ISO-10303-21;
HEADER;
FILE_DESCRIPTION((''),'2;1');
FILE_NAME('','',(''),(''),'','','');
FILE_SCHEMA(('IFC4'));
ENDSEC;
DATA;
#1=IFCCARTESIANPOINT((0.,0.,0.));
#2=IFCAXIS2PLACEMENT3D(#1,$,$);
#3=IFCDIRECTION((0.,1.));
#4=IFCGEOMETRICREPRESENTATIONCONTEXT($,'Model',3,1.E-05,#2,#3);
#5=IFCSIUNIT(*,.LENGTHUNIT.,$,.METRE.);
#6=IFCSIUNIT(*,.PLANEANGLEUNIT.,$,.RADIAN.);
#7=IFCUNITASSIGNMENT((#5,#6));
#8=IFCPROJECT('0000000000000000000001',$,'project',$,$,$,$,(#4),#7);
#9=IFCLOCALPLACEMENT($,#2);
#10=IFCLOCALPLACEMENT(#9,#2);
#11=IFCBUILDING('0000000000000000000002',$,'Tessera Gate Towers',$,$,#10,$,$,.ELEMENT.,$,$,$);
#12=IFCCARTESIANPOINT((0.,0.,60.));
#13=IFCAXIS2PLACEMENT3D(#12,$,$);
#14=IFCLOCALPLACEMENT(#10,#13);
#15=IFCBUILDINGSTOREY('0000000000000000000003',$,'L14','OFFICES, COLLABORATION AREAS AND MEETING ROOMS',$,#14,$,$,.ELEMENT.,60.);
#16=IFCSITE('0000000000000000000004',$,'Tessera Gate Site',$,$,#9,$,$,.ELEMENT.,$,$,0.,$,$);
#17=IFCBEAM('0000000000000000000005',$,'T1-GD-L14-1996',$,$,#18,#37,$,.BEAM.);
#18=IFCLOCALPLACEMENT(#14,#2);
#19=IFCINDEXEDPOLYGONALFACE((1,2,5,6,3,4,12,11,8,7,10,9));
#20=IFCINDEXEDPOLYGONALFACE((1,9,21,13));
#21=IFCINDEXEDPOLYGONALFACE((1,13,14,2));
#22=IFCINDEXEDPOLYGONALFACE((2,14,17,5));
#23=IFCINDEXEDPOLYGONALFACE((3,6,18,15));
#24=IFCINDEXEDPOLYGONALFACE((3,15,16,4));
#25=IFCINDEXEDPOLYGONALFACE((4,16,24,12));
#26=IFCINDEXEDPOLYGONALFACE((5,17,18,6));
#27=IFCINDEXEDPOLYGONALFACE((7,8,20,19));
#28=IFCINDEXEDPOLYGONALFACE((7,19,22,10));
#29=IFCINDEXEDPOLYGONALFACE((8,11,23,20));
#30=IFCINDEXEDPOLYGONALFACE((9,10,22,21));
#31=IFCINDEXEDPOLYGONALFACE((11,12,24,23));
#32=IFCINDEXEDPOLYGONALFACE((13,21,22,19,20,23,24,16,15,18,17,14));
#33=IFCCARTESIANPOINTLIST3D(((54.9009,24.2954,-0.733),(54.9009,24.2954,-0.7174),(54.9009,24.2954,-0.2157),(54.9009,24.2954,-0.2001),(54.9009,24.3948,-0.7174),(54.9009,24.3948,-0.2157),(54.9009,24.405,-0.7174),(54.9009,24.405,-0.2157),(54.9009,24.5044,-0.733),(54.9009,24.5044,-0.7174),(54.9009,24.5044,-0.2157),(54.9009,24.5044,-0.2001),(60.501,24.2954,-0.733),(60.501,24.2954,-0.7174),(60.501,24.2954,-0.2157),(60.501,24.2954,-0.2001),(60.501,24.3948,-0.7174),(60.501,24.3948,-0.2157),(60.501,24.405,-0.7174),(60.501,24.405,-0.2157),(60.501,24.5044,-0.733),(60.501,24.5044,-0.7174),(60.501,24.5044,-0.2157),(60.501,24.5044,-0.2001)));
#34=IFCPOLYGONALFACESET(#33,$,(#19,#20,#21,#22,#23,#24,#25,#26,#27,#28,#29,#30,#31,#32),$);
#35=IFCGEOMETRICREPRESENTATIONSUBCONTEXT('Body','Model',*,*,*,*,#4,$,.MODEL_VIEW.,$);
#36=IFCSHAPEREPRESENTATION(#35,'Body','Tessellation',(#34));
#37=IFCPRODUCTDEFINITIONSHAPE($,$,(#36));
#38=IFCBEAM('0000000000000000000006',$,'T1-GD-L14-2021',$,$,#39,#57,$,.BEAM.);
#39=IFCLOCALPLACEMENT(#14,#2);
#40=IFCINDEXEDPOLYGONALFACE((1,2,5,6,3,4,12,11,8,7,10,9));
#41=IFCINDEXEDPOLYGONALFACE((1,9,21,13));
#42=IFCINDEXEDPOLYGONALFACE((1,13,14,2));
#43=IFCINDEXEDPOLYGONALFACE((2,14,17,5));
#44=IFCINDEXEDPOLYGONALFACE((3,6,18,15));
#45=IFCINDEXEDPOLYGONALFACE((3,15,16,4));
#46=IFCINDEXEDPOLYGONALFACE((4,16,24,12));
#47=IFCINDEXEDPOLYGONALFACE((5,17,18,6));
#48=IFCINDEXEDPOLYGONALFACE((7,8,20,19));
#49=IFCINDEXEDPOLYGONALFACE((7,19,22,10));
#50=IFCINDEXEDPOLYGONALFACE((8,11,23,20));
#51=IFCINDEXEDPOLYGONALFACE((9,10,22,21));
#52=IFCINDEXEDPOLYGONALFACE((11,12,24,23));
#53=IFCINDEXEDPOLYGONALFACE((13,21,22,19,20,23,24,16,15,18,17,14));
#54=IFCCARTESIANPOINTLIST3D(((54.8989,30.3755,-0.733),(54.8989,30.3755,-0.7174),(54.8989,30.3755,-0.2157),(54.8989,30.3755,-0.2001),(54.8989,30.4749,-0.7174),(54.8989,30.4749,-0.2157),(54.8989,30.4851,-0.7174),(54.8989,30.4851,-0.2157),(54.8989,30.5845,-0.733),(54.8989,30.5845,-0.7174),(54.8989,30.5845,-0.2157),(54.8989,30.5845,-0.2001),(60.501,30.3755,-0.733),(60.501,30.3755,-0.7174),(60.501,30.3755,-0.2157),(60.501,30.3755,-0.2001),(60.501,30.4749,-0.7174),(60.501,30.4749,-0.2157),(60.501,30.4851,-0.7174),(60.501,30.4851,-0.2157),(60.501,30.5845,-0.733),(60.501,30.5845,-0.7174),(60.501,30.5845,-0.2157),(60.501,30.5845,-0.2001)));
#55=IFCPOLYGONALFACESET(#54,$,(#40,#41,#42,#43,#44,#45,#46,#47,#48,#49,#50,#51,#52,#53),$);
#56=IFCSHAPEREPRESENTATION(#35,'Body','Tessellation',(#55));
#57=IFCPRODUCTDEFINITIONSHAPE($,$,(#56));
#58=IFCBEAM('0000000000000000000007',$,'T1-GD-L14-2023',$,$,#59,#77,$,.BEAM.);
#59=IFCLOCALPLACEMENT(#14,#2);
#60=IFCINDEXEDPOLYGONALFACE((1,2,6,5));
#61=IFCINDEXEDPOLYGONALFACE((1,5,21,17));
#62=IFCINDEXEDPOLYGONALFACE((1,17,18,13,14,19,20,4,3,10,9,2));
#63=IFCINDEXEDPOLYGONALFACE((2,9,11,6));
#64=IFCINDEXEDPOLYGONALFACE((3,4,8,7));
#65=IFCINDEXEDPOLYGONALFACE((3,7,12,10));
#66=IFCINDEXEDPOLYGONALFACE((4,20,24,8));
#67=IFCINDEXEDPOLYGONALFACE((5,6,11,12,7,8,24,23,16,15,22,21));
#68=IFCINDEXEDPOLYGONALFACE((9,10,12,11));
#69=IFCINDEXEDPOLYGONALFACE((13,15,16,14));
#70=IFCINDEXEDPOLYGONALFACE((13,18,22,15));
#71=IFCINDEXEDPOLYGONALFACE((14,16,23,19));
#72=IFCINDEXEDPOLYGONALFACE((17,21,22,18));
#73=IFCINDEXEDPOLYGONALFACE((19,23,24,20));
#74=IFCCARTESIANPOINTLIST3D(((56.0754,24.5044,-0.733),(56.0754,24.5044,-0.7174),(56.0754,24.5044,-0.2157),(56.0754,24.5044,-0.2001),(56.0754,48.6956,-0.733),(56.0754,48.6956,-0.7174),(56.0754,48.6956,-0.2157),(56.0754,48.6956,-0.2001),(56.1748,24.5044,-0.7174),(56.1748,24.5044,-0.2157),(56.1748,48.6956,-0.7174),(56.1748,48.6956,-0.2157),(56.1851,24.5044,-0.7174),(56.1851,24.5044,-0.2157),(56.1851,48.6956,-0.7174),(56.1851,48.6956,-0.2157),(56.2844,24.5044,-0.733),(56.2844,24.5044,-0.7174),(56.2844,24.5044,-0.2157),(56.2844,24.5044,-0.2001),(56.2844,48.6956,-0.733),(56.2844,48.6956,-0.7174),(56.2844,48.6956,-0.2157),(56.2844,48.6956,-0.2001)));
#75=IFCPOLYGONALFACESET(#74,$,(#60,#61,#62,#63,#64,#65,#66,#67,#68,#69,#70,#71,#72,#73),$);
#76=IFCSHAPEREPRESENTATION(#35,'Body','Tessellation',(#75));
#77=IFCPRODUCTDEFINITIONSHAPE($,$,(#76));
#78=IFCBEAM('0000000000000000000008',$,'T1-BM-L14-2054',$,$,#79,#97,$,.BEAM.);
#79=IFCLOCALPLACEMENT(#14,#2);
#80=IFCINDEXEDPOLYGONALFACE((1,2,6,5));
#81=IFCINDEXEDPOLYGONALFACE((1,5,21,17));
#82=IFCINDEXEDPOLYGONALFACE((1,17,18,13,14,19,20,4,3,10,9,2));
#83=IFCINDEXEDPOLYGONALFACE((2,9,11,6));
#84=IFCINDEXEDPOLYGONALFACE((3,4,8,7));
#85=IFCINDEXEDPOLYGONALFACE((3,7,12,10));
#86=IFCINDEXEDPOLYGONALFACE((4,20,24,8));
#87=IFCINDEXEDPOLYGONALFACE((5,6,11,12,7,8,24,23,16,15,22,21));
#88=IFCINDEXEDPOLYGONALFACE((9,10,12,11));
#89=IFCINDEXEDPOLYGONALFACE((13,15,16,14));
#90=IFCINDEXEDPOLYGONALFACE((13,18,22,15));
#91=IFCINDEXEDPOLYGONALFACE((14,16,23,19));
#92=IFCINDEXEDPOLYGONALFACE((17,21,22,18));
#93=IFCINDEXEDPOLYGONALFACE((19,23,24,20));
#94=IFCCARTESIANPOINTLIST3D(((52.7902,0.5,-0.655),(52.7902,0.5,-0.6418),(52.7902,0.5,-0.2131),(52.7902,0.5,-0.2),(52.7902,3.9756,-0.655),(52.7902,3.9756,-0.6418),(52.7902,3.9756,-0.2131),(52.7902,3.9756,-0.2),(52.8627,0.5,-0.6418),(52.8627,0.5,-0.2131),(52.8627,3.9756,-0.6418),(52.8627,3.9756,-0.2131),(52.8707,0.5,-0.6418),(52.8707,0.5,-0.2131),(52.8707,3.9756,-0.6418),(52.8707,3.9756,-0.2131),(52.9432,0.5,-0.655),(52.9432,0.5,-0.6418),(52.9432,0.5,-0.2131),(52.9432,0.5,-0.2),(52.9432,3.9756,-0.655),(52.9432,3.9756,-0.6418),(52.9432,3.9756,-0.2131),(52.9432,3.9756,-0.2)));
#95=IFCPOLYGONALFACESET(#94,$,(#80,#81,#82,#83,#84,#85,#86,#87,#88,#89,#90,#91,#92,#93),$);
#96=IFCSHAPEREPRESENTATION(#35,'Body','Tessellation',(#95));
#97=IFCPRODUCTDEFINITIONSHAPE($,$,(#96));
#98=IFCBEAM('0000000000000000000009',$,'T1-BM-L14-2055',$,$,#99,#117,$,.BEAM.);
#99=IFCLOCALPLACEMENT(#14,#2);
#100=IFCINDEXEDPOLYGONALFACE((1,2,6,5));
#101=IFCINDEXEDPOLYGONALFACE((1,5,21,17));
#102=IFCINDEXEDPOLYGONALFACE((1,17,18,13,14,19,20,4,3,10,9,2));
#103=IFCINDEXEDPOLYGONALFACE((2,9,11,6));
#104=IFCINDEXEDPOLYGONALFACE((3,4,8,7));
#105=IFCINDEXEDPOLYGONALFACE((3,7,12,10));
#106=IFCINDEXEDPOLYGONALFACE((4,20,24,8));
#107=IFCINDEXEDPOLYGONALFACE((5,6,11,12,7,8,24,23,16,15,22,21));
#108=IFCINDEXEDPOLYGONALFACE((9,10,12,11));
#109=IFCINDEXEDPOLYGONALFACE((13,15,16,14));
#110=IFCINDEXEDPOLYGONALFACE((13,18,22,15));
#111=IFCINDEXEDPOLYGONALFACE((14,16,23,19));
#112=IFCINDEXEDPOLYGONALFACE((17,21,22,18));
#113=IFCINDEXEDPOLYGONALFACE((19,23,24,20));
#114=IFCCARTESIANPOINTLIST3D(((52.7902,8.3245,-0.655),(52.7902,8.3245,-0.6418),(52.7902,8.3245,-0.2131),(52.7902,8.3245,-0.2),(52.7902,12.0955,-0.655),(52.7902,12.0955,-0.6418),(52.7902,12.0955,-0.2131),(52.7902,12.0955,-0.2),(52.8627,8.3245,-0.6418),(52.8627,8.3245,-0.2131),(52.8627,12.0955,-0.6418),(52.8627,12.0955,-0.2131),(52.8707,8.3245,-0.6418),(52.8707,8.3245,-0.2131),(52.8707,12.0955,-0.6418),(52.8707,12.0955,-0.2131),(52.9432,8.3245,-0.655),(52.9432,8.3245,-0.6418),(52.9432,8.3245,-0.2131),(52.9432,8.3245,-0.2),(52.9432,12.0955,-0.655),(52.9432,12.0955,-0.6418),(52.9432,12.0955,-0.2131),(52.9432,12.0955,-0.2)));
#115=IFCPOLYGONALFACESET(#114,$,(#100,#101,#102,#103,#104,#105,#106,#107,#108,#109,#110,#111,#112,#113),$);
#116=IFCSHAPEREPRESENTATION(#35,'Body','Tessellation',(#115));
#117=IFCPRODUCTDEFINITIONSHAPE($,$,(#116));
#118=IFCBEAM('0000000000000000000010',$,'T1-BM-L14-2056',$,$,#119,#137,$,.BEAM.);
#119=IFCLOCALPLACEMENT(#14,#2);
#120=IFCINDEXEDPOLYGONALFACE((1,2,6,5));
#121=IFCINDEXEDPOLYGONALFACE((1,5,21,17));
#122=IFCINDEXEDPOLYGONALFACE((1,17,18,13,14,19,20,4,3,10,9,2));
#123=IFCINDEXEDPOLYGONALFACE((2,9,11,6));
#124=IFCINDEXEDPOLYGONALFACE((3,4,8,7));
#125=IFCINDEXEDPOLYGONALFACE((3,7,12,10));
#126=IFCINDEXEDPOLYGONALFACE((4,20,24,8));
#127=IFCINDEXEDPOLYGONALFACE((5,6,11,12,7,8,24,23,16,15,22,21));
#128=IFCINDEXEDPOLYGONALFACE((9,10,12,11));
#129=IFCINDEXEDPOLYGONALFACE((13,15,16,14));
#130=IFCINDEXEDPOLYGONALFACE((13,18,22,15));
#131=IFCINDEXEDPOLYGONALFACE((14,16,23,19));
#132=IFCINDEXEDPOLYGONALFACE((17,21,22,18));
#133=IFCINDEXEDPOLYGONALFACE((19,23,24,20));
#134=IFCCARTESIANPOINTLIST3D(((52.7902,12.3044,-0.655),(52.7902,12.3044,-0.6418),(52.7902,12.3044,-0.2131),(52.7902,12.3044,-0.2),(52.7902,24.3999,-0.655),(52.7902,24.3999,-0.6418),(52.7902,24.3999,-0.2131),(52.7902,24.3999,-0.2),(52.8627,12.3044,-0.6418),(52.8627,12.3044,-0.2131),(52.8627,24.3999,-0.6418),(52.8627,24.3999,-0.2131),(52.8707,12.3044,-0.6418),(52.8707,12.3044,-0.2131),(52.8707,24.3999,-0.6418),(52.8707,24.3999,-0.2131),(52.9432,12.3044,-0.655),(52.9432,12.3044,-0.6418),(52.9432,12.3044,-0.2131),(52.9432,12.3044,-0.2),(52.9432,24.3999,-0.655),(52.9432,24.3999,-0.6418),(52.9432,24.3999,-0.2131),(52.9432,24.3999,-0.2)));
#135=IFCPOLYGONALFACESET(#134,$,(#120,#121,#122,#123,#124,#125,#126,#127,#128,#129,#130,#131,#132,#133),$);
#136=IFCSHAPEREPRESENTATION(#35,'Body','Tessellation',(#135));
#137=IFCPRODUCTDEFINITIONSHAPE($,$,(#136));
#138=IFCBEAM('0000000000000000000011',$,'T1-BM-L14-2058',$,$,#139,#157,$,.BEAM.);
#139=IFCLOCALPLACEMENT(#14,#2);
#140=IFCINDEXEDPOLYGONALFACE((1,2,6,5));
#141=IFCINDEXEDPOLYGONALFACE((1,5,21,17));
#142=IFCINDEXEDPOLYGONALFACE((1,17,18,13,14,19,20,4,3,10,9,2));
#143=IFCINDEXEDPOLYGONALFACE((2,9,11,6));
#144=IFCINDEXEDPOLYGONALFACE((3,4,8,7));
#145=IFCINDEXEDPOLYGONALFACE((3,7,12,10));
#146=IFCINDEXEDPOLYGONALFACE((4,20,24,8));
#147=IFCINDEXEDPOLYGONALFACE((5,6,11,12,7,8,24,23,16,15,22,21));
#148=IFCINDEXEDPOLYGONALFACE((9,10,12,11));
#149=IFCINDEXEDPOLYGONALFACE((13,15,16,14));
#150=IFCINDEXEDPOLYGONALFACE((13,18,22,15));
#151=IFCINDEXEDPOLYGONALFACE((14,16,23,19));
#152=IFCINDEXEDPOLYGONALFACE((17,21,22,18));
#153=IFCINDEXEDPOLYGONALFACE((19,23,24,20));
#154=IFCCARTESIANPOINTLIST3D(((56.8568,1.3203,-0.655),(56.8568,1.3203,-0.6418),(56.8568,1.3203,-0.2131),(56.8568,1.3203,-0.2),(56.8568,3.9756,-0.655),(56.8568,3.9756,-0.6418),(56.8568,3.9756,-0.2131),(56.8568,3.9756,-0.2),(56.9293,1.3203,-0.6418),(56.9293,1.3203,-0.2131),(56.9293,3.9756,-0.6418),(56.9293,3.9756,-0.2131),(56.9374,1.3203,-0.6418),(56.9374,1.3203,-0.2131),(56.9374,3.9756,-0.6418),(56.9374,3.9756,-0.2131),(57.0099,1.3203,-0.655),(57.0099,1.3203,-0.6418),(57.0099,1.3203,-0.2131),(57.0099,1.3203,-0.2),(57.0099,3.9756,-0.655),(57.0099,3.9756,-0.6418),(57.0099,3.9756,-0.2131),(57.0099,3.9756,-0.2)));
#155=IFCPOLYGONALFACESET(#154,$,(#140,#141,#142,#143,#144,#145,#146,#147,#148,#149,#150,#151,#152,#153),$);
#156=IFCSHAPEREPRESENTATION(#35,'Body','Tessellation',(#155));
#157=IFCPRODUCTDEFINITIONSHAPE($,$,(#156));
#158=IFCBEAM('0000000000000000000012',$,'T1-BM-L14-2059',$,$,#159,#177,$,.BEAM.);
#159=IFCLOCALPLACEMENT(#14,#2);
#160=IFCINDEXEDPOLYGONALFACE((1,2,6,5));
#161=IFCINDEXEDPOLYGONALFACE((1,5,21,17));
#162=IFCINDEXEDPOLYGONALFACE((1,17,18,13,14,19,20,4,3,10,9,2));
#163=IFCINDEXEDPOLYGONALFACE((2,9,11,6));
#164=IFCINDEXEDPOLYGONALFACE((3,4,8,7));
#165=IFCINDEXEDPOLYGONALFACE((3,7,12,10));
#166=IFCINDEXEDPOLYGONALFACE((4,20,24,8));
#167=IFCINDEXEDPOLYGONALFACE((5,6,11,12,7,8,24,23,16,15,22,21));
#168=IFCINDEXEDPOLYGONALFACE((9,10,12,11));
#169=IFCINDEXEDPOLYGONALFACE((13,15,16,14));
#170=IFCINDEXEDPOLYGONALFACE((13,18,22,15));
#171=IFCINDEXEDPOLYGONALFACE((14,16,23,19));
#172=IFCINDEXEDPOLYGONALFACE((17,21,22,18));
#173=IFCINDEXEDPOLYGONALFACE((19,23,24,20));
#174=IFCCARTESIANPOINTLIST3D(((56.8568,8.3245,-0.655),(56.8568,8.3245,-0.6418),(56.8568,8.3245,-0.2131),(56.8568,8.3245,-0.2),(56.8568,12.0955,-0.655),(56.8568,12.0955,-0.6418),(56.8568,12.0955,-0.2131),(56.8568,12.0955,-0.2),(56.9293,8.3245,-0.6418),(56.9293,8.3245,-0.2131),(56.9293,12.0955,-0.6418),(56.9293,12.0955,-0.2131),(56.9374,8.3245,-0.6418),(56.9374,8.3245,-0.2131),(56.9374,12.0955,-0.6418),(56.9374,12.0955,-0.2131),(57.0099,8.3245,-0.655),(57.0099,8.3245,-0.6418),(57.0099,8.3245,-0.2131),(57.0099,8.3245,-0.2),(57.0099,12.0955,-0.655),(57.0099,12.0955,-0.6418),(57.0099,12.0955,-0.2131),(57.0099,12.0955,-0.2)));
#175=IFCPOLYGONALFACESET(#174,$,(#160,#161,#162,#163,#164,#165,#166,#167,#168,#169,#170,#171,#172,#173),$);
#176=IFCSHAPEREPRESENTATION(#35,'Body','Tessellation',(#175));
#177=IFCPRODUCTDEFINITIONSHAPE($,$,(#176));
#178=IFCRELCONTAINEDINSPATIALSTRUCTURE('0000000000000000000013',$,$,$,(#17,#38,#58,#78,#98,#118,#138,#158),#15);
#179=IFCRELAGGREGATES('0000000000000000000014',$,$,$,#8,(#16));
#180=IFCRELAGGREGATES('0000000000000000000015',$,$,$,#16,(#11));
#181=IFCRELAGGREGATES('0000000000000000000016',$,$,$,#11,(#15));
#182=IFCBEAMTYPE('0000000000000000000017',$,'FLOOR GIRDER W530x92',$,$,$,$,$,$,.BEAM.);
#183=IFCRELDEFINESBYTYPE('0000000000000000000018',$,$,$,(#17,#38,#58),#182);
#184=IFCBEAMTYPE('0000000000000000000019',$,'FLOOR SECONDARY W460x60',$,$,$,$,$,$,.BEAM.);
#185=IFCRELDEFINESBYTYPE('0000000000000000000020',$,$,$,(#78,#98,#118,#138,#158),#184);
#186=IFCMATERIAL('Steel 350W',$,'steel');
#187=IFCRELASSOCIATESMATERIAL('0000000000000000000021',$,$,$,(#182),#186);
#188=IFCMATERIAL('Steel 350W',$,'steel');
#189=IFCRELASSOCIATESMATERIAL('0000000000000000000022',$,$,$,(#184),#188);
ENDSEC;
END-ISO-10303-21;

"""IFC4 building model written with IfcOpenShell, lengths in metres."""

from ifc_helpers import new_model, si_unit, direction, frame, origin, origin_2d, place, context, subcontext, project, spatial, i_section, extrude, material, material_profile, profile_set, type_object, element, save


model = new_model("IFC4")

# Units and contexts
model_context = context("Model", 3, precision=1e-05, world=origin(), true_north=direction((0.0, 1.0)))
body_context = subcontext(model_context, "Body", "Model", "MODEL_VIEW")
ifc_project = project(units=[si_unit("LENGTHUNIT", "METRE"), si_unit("PLANEANGLEUNIT", "RADIAN")], contexts=[model_context])

# Site, building, storey
site_placement = place(None, origin())
site = spatial("IfcSite", under=ifc_project, at=site_placement, Name="Tessera Gate Site", CompositionType="ELEMENT", RefElevation=0.0)
building_placement = place(site_placement, origin())
building = spatial("IfcBuilding", under=site, at=building_placement, Name="Tessera Gate Towers", CompositionType="ELEMENT")
storey_placement = place(building_placement, frame((0.0, 0.0, 60.0)))
storey = spatial("IfcBuildingStorey", under=building, at=storey_placement, Name="L14", Description="OFFICES, COLLABORATION AREAS AND MEETING ROOMS", CompositionType="ELEMENT", Elevation=60.0)

# Beams
ifc_material_1 = material(Name="Steel 350W", Category="steel")
ifc_material_profile_1 = material_profile(ifc_material_1, i_section(OverallWidth=0.209, OverallDepth=0.533, WebThickness=0.0103, FlangeThickness=0.0156, at=origin_2d()), Name="W530x92")
ifc_profile_set_1 = profile_set([ifc_material_profile_1], Name="Steel 350W")
beam_type_1 = type_object("IfcBeamType", Name="FLOOR GIRDER W530x92", PredefinedType="BEAM", material=ifc_profile_set_1)
beam_1_placement = place(storey_placement, frame((54.9009, 24.3999, -0.4666), z_axis=(1.0, 0.0, 0.0), x_axis=(0.0, 1.0, 0.0)))
element("IfcBeam", 1, at=beam_1_placement, inside=storey, type_object=beam_type_1, Name="T1-GD-L14-1996", PredefinedType="BEAM", context=body_context, shape_type="SweptSolid", body=[
    extrude(i_section(OverallWidth=0.209, OverallDepth=0.533, WebThickness=0.0103, FlangeThickness=0.0156, at=origin_2d()), origin(), (0.0, 0.0, 1.0), 5.6001),
])
beam_2_placement = place(storey_placement, frame((54.8989, 30.48, -0.4666), z_axis=(1.0, 0.0, 0.0), x_axis=(0.0, 1.0, 0.0)))
element("IfcBeam", 2, at=beam_2_placement, inside=storey, type_object=beam_type_1, Name="T1-GD-L14-2021", PredefinedType="BEAM", context=body_context, shape_type="SweptSolid", body=[
    extrude(i_section(OverallWidth=0.209, OverallDepth=0.533, WebThickness=0.0103, FlangeThickness=0.0156, at=origin_2d()), origin(), (0.0, 0.0, 1.0), 5.6021),
])
beam_3_placement = place(storey_placement, frame((56.1799, 24.5044, -0.4666), z_axis=(0.0, 1.0, 0.0), x_axis=(-1.0, 0.0, 0.0)))
element("IfcBeam", 3, at=beam_3_placement, inside=storey, type_object=beam_type_1, Name="T1-GD-L14-2023", PredefinedType="BEAM", context=body_context, shape_type="SweptSolid", body=[
    extrude(i_section(OverallWidth=0.209, OverallDepth=0.533, WebThickness=0.0103, FlangeThickness=0.0156, at=origin_2d()), origin(), (0.0, 0.0, 1.0), 24.1912),
])
ifc_material_2 = material(Name="Steel 350W", Category="steel")
ifc_material_profile_2 = material_profile(ifc_material_2, i_section(OverallWidth=0.1531, OverallDepth=0.4551, WebThickness=0.0081, FlangeThickness=0.0132, at=origin_2d()), Name="W460x60")
ifc_profile_set_2 = profile_set([ifc_material_profile_2], Name="Steel 350W")
beam_type_2 = type_object("IfcBeamType", Name="FLOOR SECONDARY W460x60", PredefinedType="BEAM", material=ifc_profile_set_2)
beam_4_placement = place(storey_placement, frame((52.8667, 0.5, -0.4275), z_axis=(0.0, 1.0, 0.0), x_axis=(-1.0, 0.0, 0.0)))
element("IfcBeam", 4, at=beam_4_placement, inside=storey, type_object=beam_type_2, Name="T1-BM-L14-2054", PredefinedType="BEAM", context=body_context, shape_type="SweptSolid", body=[
    extrude(i_section(OverallWidth=0.1531, OverallDepth=0.4551, WebThickness=0.0081, FlangeThickness=0.0132, at=origin_2d()), origin(), (0.0, 0.0, 1.0), 3.4756),
])
beam_5_placement = place(storey_placement, frame((52.8667, 8.3245, -0.4275), z_axis=(0.0, 1.0, 0.0), x_axis=(-1.0, 0.0, 0.0)))
element("IfcBeam", 5, at=beam_5_placement, inside=storey, type_object=beam_type_2, Name="T1-BM-L14-2055", PredefinedType="BEAM", context=body_context, shape_type="SweptSolid", body=[
    extrude(i_section(OverallWidth=0.1531, OverallDepth=0.4551, WebThickness=0.0081, FlangeThickness=0.0132, at=origin_2d()), origin(), (0.0, 0.0, 1.0), 3.771),
])
beam_6_placement = place(storey_placement, frame((52.8667, 12.3044, -0.4275), z_axis=(0.0, 1.0, 0.0), x_axis=(-1.0, 0.0, 0.0)))
element("IfcBeam", 6, at=beam_6_placement, inside=storey, type_object=beam_type_2, Name="T1-BM-L14-2056", PredefinedType="BEAM", context=body_context, shape_type="SweptSolid", body=[
    extrude(i_section(OverallWidth=0.1531, OverallDepth=0.4551, WebThickness=0.0081, FlangeThickness=0.0132, at=origin_2d()), origin(), (0.0, 0.0, 1.0), 12.0955),
])
beam_7_placement = place(storey_placement, frame((56.9333, 1.3203, -0.4275), z_axis=(0.0, 1.0, 0.0), x_axis=(-1.0, 0.0, 0.0)))
element("IfcBeam", 7, at=beam_7_placement, inside=storey, type_object=beam_type_2, Name="T1-BM-L14-2058", PredefinedType="BEAM", context=body_context, shape_type="SweptSolid", body=[
    extrude(i_section(OverallWidth=0.1531, OverallDepth=0.4551, WebThickness=0.0081, FlangeThickness=0.0132, at=origin_2d()), origin(), (0.0, 0.0, 1.0), 2.6553),
])
beam_8_placement = place(storey_placement, frame((56.9333, 8.3245, -0.4275), z_axis=(0.0, 1.0, 0.0), x_axis=(-1.0, 0.0, 0.0)))
element("IfcBeam", 8, at=beam_8_placement, inside=storey, type_object=beam_type_2, Name="T1-BM-L14-2059", PredefinedType="BEAM", context=body_context, shape_type="SweptSolid", body=[
    extrude(i_section(OverallWidth=0.1531, OverallDepth=0.4551, WebThickness=0.0081, FlangeThickness=0.0132, at=origin_2d()), origin(), (0.0, 0.0, 1.0), 3.771),
])

save(model, "model.ifc")
